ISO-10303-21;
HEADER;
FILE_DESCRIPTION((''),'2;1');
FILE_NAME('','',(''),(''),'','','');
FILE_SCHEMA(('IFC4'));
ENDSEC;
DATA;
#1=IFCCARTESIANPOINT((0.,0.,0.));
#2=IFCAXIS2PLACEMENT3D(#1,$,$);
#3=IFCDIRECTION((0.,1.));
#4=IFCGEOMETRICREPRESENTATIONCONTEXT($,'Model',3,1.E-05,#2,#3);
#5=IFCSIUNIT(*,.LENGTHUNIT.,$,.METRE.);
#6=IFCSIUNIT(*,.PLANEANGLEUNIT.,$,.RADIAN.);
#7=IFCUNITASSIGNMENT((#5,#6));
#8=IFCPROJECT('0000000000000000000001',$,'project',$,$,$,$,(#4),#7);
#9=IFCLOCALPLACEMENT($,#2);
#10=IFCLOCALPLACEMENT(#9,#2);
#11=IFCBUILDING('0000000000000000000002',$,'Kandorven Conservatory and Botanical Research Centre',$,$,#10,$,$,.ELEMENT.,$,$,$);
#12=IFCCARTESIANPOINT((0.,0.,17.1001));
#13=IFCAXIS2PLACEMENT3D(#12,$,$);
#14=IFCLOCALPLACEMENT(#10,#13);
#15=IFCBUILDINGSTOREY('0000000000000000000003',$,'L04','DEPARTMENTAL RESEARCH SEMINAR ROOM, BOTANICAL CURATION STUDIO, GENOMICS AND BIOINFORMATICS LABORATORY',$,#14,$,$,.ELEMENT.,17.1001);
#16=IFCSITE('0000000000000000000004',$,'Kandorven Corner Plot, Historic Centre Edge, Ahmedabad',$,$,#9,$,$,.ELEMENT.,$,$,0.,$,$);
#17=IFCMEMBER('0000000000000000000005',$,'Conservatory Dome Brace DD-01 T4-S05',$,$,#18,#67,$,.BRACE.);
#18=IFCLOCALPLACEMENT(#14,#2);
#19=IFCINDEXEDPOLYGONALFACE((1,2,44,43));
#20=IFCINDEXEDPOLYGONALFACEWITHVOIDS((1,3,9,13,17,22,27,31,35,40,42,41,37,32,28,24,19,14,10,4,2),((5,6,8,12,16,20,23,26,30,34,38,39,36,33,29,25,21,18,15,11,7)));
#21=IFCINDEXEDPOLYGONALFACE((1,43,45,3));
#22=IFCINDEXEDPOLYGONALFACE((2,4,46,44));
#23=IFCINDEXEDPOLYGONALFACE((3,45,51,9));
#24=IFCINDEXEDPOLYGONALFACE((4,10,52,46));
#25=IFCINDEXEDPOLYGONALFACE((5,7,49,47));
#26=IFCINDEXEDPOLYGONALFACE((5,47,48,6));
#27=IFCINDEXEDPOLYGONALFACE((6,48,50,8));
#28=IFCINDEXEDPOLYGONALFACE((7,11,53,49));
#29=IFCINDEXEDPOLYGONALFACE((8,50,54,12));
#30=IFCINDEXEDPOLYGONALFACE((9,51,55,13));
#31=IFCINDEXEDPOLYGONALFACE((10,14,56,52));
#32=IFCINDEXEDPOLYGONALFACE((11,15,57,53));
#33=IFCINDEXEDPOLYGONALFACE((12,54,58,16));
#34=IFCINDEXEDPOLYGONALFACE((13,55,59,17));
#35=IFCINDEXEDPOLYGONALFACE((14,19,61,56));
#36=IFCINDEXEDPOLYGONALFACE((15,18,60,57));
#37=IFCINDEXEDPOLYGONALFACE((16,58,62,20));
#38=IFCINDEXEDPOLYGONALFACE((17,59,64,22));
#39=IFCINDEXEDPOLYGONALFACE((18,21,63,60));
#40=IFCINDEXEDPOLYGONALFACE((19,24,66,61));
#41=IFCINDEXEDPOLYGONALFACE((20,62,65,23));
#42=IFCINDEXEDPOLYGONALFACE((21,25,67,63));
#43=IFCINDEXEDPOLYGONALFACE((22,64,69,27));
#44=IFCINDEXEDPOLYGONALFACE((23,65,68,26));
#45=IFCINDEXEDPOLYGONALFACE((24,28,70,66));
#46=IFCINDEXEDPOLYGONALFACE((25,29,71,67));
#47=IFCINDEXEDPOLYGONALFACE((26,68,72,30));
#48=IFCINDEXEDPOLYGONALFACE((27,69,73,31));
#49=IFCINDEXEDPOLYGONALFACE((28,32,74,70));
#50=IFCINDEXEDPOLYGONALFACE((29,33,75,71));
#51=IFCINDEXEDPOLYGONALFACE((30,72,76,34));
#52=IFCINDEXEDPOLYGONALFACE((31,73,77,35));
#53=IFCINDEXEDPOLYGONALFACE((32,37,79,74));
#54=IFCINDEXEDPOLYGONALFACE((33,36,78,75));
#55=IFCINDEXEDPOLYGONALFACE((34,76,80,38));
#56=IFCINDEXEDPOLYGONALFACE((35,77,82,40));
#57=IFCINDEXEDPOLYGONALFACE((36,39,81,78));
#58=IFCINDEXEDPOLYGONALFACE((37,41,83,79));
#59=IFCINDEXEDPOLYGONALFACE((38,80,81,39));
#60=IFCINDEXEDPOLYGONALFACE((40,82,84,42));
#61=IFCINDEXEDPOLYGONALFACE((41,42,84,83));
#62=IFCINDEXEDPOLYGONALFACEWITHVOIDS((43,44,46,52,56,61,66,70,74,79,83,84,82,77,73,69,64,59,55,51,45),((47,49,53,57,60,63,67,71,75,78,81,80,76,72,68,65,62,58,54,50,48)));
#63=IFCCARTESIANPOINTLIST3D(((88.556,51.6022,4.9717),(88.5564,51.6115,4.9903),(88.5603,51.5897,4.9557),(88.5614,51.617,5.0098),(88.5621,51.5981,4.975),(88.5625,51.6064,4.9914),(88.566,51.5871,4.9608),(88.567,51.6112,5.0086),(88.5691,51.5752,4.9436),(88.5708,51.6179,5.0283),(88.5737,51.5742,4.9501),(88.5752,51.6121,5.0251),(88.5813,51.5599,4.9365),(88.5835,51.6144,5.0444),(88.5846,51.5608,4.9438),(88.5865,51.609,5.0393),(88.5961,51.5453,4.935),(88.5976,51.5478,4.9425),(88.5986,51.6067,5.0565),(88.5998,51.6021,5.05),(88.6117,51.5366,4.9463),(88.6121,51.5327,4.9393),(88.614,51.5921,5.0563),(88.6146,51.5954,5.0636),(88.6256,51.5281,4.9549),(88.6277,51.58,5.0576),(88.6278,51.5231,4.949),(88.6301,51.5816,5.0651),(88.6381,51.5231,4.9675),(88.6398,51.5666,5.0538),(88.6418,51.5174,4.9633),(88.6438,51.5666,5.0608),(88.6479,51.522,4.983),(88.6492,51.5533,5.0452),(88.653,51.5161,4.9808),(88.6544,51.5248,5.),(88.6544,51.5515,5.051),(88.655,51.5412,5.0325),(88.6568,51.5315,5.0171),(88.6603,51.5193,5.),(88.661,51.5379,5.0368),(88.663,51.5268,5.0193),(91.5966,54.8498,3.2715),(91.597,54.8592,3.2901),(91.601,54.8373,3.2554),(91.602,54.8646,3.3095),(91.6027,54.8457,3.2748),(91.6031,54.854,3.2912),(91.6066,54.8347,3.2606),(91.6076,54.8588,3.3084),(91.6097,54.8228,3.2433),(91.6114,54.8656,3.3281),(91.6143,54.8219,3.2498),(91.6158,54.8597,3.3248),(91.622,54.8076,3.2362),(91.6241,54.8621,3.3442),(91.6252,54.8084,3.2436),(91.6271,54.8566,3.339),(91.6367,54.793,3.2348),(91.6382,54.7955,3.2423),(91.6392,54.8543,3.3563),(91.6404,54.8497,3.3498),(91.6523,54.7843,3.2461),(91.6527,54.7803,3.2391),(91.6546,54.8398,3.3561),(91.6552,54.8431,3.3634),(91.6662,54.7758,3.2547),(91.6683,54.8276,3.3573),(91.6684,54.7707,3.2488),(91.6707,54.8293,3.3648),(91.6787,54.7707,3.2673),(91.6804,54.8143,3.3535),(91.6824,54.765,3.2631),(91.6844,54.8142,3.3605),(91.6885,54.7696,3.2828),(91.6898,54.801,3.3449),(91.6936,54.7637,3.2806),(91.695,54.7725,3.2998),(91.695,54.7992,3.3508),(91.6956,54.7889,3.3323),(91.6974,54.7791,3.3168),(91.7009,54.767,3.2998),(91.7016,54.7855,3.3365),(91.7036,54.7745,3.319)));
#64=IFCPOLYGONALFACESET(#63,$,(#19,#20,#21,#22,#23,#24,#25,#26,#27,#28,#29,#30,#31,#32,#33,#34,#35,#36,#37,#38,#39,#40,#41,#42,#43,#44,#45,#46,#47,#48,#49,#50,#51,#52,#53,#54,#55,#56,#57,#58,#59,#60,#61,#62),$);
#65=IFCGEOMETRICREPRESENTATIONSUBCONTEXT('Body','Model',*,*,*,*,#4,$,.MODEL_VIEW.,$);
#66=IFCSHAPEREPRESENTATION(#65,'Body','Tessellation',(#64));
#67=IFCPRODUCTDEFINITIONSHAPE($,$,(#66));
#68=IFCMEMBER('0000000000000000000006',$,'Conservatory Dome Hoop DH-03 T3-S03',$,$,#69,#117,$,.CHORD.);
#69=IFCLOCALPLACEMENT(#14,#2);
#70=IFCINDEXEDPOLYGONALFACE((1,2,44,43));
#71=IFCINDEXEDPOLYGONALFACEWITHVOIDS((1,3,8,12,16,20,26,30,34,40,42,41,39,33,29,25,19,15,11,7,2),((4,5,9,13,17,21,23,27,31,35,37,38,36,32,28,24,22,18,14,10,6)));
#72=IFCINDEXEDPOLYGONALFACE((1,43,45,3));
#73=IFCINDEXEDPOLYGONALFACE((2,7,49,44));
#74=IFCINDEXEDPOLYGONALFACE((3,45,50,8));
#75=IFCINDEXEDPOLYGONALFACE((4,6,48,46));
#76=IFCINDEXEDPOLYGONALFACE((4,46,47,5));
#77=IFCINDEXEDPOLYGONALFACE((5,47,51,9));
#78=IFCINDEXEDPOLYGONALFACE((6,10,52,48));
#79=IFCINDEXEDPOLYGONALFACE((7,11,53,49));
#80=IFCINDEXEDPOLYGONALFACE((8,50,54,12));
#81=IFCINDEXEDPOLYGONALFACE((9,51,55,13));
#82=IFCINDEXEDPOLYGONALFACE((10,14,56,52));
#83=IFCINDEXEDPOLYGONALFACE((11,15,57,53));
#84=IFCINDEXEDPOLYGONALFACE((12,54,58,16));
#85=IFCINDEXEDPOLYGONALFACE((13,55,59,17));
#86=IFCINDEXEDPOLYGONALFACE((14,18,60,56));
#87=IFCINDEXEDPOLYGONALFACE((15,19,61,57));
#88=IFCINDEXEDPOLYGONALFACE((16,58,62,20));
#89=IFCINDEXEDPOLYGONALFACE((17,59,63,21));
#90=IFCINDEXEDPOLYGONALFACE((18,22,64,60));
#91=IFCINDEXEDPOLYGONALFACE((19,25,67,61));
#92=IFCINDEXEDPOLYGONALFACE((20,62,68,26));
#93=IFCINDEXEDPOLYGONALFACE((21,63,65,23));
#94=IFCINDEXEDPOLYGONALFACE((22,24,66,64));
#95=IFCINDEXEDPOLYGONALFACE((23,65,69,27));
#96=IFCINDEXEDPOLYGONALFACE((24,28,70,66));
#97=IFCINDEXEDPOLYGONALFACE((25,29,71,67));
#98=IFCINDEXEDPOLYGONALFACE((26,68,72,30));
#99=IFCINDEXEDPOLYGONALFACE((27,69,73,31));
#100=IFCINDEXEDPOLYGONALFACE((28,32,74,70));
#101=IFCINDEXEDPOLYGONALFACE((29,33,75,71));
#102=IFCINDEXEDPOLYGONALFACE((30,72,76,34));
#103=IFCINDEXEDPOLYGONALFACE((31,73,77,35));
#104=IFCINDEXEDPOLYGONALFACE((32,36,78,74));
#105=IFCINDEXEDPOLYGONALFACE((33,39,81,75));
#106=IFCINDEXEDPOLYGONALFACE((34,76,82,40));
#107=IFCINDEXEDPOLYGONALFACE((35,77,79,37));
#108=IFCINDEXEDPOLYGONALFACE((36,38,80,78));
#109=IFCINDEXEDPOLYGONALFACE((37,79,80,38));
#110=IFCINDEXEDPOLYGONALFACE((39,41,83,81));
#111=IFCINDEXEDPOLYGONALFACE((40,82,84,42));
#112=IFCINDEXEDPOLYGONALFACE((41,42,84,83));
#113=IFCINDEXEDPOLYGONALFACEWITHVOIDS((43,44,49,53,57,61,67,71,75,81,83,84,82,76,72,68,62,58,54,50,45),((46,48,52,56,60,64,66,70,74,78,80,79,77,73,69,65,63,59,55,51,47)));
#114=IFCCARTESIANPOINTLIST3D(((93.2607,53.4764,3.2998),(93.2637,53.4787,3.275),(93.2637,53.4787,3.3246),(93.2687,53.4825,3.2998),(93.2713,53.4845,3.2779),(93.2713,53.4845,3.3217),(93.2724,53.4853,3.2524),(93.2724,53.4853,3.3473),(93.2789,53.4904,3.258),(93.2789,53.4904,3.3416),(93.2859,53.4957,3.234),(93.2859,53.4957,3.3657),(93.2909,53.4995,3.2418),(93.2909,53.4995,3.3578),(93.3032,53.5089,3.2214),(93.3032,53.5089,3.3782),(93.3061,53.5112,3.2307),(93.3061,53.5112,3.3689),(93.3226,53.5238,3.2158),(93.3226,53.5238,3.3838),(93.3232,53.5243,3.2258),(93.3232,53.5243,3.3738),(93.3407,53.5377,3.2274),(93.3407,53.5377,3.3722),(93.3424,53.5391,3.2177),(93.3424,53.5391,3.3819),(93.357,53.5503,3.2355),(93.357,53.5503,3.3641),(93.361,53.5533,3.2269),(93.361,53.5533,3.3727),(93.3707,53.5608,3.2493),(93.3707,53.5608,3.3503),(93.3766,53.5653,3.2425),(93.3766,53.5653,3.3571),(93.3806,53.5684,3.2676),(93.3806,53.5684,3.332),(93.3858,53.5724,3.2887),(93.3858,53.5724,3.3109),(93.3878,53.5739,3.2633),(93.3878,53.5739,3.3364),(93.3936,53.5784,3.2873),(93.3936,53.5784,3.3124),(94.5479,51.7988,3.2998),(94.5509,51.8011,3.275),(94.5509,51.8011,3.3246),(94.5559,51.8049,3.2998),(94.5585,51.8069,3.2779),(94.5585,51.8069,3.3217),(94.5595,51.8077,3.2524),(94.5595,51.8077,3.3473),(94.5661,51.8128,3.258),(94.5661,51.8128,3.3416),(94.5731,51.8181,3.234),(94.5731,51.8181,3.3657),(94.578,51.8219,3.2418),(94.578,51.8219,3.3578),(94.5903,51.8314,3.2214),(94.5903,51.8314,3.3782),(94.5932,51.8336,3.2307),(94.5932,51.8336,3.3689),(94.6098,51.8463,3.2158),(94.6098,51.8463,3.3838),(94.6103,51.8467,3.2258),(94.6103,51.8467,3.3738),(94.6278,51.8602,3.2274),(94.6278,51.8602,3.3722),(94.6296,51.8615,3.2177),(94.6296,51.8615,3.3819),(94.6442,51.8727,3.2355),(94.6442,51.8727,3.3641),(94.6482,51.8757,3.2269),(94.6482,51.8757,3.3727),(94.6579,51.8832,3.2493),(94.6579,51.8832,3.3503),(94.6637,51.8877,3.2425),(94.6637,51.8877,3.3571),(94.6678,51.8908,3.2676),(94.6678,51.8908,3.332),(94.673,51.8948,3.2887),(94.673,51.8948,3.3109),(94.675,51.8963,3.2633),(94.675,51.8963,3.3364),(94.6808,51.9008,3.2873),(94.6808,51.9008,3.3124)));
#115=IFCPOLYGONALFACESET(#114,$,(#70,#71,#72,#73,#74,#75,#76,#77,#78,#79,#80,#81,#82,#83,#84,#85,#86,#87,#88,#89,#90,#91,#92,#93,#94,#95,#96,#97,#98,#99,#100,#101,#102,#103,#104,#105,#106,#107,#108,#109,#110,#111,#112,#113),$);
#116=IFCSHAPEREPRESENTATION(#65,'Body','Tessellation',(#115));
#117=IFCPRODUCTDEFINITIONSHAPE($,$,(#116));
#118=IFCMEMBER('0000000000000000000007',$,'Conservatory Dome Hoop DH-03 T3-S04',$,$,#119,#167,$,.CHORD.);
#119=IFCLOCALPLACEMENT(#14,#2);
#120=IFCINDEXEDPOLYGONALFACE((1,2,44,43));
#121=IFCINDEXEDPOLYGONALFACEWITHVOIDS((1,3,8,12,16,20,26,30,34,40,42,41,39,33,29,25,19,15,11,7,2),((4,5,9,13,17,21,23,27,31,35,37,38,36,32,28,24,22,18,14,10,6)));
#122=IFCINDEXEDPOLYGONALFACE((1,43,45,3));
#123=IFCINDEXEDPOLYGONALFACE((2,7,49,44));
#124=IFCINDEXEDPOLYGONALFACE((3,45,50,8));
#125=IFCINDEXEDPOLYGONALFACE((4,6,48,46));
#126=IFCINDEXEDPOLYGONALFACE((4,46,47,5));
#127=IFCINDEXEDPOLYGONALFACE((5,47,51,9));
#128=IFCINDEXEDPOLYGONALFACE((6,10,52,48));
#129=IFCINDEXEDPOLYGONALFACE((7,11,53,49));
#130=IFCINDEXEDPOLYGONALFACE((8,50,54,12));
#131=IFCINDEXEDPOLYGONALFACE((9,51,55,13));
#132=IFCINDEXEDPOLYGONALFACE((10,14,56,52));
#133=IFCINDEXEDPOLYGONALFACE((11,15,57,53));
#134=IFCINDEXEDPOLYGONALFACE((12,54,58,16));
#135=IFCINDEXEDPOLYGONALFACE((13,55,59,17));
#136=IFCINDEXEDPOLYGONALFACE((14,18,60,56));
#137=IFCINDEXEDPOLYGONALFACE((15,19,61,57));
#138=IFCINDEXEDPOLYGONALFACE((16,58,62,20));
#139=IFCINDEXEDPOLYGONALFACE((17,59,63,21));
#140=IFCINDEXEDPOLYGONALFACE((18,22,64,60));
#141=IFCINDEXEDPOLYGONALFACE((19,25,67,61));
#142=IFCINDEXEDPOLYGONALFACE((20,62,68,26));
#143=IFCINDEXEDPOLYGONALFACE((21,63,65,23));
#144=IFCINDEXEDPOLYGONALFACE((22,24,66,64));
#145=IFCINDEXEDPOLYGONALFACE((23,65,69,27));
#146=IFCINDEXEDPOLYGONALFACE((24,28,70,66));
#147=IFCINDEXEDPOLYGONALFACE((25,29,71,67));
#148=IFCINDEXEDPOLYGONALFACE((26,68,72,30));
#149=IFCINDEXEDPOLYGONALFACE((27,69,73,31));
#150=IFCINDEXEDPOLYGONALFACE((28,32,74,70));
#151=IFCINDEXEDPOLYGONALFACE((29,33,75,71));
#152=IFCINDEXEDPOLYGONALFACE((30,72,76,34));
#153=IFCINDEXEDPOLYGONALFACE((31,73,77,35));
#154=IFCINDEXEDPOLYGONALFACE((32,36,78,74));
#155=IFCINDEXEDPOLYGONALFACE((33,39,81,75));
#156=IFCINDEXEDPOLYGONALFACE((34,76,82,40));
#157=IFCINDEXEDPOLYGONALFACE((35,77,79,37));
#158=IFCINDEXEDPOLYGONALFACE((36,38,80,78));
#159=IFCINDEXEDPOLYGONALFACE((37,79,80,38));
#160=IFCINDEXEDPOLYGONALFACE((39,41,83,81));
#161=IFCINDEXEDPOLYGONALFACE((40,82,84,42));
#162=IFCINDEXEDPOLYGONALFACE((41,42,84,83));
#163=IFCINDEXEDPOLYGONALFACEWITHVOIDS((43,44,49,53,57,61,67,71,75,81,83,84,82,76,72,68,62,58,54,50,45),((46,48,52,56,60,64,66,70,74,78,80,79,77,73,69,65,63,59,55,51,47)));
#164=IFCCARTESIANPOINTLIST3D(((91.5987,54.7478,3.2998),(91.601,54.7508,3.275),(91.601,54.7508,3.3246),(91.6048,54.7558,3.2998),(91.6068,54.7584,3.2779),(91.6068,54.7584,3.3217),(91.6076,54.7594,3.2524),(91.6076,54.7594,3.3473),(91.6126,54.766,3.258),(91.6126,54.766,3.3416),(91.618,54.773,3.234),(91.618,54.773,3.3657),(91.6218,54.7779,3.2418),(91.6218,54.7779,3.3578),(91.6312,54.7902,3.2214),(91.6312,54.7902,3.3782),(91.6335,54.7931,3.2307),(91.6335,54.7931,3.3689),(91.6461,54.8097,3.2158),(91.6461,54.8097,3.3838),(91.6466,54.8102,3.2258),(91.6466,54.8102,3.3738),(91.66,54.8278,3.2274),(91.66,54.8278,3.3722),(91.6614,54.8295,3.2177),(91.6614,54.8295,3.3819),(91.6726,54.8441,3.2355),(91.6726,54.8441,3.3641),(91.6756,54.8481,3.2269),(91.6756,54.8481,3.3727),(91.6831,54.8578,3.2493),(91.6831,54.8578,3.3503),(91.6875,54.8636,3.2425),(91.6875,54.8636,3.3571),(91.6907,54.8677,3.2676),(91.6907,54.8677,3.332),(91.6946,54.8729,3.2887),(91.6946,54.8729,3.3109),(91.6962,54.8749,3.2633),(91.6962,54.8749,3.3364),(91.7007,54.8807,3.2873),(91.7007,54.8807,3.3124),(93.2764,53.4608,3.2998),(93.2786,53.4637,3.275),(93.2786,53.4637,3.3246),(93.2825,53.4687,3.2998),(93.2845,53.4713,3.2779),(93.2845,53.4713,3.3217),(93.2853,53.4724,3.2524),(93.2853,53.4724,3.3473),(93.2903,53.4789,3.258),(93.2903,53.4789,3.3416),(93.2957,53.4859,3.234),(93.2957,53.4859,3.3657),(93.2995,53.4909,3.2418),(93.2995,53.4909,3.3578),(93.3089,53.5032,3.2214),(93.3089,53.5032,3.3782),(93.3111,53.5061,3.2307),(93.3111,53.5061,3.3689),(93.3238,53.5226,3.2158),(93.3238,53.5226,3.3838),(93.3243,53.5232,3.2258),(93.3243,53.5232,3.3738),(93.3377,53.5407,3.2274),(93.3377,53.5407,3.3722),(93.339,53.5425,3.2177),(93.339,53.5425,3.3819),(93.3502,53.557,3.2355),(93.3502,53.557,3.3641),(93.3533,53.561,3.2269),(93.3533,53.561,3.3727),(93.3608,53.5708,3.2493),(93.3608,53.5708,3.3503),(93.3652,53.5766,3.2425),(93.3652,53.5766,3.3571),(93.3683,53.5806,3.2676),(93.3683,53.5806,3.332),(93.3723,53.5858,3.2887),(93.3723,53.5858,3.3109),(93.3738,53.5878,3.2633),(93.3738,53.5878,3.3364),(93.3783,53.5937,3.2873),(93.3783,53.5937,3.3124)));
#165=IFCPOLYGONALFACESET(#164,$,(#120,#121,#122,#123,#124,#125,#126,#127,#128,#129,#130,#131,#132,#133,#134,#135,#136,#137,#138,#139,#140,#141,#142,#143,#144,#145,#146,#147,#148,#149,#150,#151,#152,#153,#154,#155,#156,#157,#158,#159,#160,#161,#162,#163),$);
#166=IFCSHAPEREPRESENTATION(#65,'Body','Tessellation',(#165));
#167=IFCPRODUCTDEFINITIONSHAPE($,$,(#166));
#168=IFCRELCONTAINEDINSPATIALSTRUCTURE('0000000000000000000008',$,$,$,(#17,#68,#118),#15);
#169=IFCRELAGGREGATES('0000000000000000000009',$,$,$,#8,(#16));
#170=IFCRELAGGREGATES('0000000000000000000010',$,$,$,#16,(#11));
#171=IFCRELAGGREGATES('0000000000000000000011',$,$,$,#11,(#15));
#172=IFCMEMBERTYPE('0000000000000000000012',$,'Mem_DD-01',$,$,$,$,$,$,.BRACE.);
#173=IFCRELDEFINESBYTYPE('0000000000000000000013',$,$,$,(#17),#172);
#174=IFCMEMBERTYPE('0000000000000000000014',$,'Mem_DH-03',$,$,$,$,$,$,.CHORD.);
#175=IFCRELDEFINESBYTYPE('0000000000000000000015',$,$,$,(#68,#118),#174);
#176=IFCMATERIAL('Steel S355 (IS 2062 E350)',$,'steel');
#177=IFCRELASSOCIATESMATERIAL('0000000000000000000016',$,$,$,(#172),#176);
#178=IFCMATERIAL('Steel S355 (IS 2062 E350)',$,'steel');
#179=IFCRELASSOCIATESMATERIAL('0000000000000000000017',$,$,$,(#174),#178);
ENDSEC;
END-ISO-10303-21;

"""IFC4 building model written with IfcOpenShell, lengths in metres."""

from ifc_helpers import new_model, si_unit, direction, frame, origin, origin_2d, place, context, subcontext, project, spatial, hollow_circle, extrude, material, material_profile, profile_set, type_object, element, save


model = new_model("IFC4")

# Units and contexts
model_context = context("Model", 3, precision=1e-05, world=origin(), true_north=direction((0.0, 1.0)))
body_context = subcontext(model_context, "Body", "Model", "MODEL_VIEW")
ifc_project = project(units=[si_unit("LENGTHUNIT", "METRE"), si_unit("PLANEANGLEUNIT", "RADIAN")], contexts=[model_context])

# Site, building, storey
site_placement = place(None, origin())
site = spatial("IfcSite", under=ifc_project, at=site_placement, Name="Kandorven Corner Plot, Historic Centre Edge, Ahmedabad", CompositionType="ELEMENT", RefElevation=0.0)
building_placement = place(site_placement, origin())
building = spatial("IfcBuilding", under=site, at=building_placement, Name="Kandorven Conservatory and Botanical Research Centre", CompositionType="ELEMENT")
storey_placement = place(building_placement, frame((0.0, 0.0, 17.1001)))
storey = spatial("IfcBuildingStorey", under=building, at=storey_placement, Name="L04", Description="DEPARTMENTAL RESEARCH SEMINAR ROOM, BOTANICAL CURATION STUDIO, GENOMICS AND BIOINFORMATICS LABORATORY", CompositionType="ELEMENT", Elevation=17.1001)

# Members
ifc_material_1 = material(Name="Steel S355 (IS 2062 E350)", Category="steel")
ifc_material_profile_1 = material_profile(ifc_material_1, hollow_circle(Radius=0.0698, WallThickness=0.0081, at=origin_2d()))
ifc_profile_set_1 = profile_set([ifc_material_profile_1], Name="Steel S355 (IS 2062 E350)")
member_type_1 = type_object("IfcMemberType", Name="Mem_DD-01", PredefinedType="BRACE", material=ifc_profile_set_1)
for number, where, z_axis, x_axis, name in (
    (1, (91.6499, 54.8147, 3.2998), (-0.638421, -0.681892, 0.356991), (0.729992, -0.683455, 0.0), "Conservatory Dome Brace DD-01 T4-S05"),
):
    element("IfcMember", number, at=place(storey_placement, frame(where, z_axis=z_axis, x_axis=x_axis)), inside=storey, type_object=member_type_1, Name=name, PredefinedType="BRACE", context=body_context, shape_type="SweptSolid", body=[
        extrude(hollow_circle(Radius=0.0698, WallThickness=0.0081, at=origin_2d()), origin(), (0.0, 0.0, 1.0), 4.7627),
    ])
ifc_material_2 = material(Name="Steel S355 (IS 2062 E350)", Category="steel")
ifc_material_profile_2 = material_profile(ifc_material_2, hollow_circle(Radius=0.0842, WallThickness=0.01, at=origin_2d()))
ifc_profile_set_2 = profile_set([ifc_material_profile_2], Name="Steel S355 (IS 2062 E350)")
member_type_2 = type_object("IfcMemberType", Name="Mem_DH-03", PredefinedType="CHORD", material=ifc_profile_set_2)
for number, where, z_axis, x_axis, name in (
    (2, (94.6147, 51.8501, 3.2998), (-0.608739, 0.79337, 0.0), (-0.79337, -0.608739, 0.0), "Conservatory Dome Hoop DH-03 T3-S03"),
    (3, (93.3276, 53.5276, 3.2998), (-0.793413, 0.608684, 0.0), (-0.608684, -0.793413, 0.0), "Conservatory Dome Hoop DH-03 T3-S04"),
):
    element("IfcMember", number, at=place(storey_placement, frame(where, z_axis=z_axis, x_axis=x_axis)), inside=storey, type_object=member_type_2, Name=name, PredefinedType="CHORD", context=body_context, shape_type="SweptSolid", body=[
        extrude(hollow_circle(Radius=0.0842, WallThickness=0.01, at=origin_2d()), origin(), (0.0, 0.0, 1.0), 2.1145),
    ])

save(model, "model.ifc")
